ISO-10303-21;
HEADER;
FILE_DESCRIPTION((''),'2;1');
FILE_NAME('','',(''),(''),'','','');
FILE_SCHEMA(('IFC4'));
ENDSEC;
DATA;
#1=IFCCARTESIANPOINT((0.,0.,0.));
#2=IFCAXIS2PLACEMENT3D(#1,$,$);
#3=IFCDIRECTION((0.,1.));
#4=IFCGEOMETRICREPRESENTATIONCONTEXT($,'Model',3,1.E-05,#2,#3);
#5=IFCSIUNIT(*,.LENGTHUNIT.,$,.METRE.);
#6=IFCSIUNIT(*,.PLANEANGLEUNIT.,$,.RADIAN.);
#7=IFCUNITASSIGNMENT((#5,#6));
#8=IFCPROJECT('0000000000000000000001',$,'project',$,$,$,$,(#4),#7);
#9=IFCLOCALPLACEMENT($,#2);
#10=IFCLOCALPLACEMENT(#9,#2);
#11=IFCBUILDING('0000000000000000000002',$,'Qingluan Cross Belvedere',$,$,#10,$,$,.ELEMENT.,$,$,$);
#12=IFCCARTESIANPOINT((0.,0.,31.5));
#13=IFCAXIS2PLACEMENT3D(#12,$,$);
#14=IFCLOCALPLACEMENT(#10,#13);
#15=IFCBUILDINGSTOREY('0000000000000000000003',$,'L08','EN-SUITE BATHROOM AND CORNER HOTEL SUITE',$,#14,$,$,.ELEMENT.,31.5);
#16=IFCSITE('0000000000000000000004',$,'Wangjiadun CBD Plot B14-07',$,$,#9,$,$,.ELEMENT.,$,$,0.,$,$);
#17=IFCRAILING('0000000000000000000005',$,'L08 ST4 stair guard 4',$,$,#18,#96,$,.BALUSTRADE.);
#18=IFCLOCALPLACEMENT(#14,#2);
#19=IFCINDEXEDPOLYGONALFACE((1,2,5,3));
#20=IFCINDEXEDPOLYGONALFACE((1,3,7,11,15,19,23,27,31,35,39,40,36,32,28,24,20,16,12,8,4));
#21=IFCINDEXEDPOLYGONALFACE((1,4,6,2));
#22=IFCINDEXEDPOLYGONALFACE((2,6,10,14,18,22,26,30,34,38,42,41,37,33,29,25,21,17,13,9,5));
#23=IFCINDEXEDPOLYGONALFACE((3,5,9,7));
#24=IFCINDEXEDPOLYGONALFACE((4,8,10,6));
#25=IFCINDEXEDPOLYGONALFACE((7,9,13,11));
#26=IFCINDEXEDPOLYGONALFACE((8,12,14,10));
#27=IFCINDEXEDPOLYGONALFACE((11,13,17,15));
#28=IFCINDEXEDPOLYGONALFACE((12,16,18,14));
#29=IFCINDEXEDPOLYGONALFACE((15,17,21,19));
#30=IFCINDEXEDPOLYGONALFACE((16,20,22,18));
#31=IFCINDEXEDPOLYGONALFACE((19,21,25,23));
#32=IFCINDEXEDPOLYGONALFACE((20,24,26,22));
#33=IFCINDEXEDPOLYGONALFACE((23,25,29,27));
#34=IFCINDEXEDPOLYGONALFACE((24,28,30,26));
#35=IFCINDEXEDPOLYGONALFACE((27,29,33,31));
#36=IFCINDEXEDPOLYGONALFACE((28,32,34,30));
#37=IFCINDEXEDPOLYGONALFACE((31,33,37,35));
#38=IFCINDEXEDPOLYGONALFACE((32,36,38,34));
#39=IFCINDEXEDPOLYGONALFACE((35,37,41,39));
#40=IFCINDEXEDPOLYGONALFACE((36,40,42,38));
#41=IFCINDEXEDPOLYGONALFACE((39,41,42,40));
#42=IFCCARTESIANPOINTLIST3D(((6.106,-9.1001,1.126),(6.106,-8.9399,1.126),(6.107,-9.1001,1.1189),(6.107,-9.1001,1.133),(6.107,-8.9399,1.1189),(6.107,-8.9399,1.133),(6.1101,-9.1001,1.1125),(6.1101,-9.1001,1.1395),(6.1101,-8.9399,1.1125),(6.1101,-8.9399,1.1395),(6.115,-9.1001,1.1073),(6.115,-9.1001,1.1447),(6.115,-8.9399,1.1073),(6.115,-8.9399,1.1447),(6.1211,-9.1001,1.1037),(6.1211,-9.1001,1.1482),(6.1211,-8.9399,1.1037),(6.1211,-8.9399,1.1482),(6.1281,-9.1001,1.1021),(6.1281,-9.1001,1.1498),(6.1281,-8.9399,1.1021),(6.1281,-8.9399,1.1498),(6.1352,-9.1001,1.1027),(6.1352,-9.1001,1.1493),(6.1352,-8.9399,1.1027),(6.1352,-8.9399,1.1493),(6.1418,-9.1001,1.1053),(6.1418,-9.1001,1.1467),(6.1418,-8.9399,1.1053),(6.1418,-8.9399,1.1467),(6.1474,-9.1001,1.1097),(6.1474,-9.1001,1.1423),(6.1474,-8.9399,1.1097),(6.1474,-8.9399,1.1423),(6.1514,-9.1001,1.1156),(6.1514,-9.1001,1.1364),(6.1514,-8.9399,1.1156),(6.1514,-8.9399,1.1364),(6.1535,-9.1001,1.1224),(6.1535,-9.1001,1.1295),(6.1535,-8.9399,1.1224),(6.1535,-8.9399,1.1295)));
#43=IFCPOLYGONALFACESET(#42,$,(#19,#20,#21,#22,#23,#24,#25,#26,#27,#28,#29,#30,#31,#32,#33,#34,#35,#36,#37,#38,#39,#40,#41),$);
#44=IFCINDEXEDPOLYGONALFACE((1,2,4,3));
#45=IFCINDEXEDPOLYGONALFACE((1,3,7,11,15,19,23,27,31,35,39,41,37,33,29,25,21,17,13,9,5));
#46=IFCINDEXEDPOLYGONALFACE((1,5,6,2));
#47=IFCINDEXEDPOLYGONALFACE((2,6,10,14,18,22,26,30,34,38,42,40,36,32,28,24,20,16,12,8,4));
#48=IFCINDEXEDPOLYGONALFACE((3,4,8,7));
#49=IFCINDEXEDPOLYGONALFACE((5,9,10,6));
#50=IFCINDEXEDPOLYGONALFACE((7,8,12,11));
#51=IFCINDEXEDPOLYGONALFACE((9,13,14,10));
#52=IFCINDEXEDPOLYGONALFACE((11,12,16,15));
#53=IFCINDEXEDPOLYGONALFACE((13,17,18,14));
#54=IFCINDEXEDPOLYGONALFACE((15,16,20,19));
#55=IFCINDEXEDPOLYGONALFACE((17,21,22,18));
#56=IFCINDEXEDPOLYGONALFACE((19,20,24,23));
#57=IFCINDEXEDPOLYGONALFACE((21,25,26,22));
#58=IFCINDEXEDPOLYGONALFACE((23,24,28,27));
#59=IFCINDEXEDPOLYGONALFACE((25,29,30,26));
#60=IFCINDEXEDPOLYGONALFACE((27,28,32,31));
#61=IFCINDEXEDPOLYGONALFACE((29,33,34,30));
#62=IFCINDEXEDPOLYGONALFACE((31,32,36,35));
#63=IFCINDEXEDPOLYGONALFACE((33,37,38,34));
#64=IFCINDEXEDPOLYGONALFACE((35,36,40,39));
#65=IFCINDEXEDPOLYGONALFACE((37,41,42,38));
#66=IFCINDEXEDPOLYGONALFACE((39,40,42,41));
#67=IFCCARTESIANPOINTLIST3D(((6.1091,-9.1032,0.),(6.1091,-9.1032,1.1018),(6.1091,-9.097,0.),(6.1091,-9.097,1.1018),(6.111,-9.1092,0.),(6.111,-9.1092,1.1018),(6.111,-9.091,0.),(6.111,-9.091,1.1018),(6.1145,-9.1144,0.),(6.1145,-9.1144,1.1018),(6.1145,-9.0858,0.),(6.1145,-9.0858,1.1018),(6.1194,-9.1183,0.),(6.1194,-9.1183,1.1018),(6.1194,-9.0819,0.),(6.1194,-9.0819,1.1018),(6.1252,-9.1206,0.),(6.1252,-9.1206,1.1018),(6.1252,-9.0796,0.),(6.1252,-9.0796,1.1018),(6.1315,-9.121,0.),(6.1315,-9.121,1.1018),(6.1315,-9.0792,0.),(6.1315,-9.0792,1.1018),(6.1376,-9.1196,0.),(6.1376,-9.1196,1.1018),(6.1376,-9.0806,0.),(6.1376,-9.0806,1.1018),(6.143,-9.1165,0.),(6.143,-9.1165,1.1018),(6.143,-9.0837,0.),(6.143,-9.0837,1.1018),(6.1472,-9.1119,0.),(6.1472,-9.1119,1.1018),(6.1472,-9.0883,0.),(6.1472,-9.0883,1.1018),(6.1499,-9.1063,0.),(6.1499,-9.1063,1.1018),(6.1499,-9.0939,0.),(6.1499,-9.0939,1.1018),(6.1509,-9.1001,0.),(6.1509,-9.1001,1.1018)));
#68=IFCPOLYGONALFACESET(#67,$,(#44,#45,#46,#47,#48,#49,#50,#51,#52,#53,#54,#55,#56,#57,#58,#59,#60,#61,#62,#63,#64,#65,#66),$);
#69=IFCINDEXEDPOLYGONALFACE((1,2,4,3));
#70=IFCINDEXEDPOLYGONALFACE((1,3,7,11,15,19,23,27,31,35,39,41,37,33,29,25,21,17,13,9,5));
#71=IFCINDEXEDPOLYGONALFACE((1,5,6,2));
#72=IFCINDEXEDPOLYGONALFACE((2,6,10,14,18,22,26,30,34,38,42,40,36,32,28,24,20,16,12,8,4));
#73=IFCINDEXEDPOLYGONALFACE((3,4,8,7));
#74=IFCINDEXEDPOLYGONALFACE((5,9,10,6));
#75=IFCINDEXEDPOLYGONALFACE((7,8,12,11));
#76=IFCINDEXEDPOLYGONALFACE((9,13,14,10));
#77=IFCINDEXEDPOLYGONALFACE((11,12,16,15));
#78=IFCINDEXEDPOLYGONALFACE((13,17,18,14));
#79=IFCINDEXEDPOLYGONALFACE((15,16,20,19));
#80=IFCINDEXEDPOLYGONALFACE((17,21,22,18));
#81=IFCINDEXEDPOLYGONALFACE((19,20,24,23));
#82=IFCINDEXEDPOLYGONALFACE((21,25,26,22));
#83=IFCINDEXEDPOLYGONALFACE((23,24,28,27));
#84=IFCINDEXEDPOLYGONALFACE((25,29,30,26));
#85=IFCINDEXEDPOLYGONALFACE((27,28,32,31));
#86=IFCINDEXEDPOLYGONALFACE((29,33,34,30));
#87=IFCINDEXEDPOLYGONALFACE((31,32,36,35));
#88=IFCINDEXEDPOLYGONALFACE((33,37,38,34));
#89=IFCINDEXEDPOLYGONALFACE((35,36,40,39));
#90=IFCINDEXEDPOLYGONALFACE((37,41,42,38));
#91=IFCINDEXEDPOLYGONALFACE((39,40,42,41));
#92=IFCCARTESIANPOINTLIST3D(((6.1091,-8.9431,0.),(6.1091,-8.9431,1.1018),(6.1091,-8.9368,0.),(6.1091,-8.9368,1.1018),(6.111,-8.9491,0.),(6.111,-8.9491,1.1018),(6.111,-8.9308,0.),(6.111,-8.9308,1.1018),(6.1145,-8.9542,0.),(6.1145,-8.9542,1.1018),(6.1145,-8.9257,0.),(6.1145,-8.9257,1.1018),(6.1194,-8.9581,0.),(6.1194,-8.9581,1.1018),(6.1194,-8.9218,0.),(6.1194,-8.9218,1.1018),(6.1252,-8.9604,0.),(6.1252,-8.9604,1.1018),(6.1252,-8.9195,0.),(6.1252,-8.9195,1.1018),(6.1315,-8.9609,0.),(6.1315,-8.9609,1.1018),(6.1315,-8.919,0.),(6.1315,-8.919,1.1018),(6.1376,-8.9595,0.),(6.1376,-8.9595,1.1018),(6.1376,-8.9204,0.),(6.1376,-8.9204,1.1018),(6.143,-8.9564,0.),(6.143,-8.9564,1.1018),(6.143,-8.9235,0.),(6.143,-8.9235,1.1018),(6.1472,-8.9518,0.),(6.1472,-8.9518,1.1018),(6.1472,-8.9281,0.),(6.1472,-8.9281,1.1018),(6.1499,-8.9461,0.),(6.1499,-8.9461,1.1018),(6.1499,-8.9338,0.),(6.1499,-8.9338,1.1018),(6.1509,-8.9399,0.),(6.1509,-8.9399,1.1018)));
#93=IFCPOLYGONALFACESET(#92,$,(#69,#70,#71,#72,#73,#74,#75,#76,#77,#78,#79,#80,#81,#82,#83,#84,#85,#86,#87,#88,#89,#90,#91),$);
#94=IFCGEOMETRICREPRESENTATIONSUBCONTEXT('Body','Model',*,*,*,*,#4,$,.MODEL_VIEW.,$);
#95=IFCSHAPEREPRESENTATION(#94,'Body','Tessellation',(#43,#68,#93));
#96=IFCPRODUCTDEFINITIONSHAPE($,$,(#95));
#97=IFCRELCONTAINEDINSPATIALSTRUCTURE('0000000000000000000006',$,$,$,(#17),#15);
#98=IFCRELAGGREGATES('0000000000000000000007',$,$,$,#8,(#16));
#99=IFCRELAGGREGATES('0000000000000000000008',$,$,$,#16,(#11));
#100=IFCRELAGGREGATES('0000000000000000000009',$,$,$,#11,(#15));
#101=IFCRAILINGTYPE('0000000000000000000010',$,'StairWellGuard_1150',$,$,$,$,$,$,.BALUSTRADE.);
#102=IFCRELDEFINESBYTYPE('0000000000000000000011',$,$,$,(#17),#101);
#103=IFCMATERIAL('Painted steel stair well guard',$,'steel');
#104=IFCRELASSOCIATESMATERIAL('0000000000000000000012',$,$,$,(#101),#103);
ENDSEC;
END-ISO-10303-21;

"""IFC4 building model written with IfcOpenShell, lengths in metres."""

from ifc_helpers import new_model, si_unit, direction, frame, origin, origin_2d, place, context, subcontext, project, spatial, circle, extrude, material, type_object, element, save


model = new_model("IFC4")

# Units and contexts
model_context = context("Model", 3, precision=1e-05, world=origin(), true_north=direction((0.0, 1.0)))
body_context = subcontext(model_context, "Body", "Model", "MODEL_VIEW")
ifc_project = project(units=[si_unit("LENGTHUNIT", "METRE"), si_unit("PLANEANGLEUNIT", "RADIAN")], contexts=[model_context])

# Site, building, storey
site_placement = place(None, origin())
site = spatial("IfcSite", under=ifc_project, at=site_placement, Name="Wangjiadun CBD Plot B14-07", CompositionType="ELEMENT", RefElevation=0.0)
building_placement = place(site_placement, origin())
building = spatial("IfcBuilding", under=site, at=building_placement, Name="Qingluan Cross Belvedere", CompositionType="ELEMENT")
storey_placement = place(building_placement, frame((0.0, 0.0, 31.5)))
storey = spatial("IfcBuildingStorey", under=building, at=storey_placement, Name="L08", Description="EN-SUITE BATHROOM AND CORNER HOTEL SUITE", CompositionType="ELEMENT", Elevation=31.5)

# Railing
ifc_material_1 = material(Name="Painted steel stair well guard", Category="steel")
railing_type_1 = type_object("IfcRailingType", Name="StairWellGuard_1150", PredefinedType="BALUSTRADE", material=ifc_material_1)
railing_1_placement = place(storey_placement, frame((6.1299, -9.1001, 0.0)))
element("IfcRailing", 1, at=railing_1_placement, inside=storey, type_object=railing_type_1, Name="L08 ST4 stair guard 4", PredefinedType="BALUSTRADE", context=body_context, shape_type="SweptSolid", body=[
    extrude(circle(Radius=0.0239, at=origin_2d()), frame((0.0, 0.0, 1.126), z_axis=(0.0, 1.0, 0.0), x_axis=(-1.0, 0.0, 0.0)), (0.0, 0.0, 1.0), 0.1602),
    extrude(circle(Radius=0.021, at=origin_2d()), origin(), (0.0, 0.0, 1.0), 1.1018),
    extrude(circle(Radius=0.021, at=origin_2d()), frame((0.0, 0.1602, 0.0)), (0.0, 0.0, 1.0), 1.1018),
])

save(model, "model.ifc")
